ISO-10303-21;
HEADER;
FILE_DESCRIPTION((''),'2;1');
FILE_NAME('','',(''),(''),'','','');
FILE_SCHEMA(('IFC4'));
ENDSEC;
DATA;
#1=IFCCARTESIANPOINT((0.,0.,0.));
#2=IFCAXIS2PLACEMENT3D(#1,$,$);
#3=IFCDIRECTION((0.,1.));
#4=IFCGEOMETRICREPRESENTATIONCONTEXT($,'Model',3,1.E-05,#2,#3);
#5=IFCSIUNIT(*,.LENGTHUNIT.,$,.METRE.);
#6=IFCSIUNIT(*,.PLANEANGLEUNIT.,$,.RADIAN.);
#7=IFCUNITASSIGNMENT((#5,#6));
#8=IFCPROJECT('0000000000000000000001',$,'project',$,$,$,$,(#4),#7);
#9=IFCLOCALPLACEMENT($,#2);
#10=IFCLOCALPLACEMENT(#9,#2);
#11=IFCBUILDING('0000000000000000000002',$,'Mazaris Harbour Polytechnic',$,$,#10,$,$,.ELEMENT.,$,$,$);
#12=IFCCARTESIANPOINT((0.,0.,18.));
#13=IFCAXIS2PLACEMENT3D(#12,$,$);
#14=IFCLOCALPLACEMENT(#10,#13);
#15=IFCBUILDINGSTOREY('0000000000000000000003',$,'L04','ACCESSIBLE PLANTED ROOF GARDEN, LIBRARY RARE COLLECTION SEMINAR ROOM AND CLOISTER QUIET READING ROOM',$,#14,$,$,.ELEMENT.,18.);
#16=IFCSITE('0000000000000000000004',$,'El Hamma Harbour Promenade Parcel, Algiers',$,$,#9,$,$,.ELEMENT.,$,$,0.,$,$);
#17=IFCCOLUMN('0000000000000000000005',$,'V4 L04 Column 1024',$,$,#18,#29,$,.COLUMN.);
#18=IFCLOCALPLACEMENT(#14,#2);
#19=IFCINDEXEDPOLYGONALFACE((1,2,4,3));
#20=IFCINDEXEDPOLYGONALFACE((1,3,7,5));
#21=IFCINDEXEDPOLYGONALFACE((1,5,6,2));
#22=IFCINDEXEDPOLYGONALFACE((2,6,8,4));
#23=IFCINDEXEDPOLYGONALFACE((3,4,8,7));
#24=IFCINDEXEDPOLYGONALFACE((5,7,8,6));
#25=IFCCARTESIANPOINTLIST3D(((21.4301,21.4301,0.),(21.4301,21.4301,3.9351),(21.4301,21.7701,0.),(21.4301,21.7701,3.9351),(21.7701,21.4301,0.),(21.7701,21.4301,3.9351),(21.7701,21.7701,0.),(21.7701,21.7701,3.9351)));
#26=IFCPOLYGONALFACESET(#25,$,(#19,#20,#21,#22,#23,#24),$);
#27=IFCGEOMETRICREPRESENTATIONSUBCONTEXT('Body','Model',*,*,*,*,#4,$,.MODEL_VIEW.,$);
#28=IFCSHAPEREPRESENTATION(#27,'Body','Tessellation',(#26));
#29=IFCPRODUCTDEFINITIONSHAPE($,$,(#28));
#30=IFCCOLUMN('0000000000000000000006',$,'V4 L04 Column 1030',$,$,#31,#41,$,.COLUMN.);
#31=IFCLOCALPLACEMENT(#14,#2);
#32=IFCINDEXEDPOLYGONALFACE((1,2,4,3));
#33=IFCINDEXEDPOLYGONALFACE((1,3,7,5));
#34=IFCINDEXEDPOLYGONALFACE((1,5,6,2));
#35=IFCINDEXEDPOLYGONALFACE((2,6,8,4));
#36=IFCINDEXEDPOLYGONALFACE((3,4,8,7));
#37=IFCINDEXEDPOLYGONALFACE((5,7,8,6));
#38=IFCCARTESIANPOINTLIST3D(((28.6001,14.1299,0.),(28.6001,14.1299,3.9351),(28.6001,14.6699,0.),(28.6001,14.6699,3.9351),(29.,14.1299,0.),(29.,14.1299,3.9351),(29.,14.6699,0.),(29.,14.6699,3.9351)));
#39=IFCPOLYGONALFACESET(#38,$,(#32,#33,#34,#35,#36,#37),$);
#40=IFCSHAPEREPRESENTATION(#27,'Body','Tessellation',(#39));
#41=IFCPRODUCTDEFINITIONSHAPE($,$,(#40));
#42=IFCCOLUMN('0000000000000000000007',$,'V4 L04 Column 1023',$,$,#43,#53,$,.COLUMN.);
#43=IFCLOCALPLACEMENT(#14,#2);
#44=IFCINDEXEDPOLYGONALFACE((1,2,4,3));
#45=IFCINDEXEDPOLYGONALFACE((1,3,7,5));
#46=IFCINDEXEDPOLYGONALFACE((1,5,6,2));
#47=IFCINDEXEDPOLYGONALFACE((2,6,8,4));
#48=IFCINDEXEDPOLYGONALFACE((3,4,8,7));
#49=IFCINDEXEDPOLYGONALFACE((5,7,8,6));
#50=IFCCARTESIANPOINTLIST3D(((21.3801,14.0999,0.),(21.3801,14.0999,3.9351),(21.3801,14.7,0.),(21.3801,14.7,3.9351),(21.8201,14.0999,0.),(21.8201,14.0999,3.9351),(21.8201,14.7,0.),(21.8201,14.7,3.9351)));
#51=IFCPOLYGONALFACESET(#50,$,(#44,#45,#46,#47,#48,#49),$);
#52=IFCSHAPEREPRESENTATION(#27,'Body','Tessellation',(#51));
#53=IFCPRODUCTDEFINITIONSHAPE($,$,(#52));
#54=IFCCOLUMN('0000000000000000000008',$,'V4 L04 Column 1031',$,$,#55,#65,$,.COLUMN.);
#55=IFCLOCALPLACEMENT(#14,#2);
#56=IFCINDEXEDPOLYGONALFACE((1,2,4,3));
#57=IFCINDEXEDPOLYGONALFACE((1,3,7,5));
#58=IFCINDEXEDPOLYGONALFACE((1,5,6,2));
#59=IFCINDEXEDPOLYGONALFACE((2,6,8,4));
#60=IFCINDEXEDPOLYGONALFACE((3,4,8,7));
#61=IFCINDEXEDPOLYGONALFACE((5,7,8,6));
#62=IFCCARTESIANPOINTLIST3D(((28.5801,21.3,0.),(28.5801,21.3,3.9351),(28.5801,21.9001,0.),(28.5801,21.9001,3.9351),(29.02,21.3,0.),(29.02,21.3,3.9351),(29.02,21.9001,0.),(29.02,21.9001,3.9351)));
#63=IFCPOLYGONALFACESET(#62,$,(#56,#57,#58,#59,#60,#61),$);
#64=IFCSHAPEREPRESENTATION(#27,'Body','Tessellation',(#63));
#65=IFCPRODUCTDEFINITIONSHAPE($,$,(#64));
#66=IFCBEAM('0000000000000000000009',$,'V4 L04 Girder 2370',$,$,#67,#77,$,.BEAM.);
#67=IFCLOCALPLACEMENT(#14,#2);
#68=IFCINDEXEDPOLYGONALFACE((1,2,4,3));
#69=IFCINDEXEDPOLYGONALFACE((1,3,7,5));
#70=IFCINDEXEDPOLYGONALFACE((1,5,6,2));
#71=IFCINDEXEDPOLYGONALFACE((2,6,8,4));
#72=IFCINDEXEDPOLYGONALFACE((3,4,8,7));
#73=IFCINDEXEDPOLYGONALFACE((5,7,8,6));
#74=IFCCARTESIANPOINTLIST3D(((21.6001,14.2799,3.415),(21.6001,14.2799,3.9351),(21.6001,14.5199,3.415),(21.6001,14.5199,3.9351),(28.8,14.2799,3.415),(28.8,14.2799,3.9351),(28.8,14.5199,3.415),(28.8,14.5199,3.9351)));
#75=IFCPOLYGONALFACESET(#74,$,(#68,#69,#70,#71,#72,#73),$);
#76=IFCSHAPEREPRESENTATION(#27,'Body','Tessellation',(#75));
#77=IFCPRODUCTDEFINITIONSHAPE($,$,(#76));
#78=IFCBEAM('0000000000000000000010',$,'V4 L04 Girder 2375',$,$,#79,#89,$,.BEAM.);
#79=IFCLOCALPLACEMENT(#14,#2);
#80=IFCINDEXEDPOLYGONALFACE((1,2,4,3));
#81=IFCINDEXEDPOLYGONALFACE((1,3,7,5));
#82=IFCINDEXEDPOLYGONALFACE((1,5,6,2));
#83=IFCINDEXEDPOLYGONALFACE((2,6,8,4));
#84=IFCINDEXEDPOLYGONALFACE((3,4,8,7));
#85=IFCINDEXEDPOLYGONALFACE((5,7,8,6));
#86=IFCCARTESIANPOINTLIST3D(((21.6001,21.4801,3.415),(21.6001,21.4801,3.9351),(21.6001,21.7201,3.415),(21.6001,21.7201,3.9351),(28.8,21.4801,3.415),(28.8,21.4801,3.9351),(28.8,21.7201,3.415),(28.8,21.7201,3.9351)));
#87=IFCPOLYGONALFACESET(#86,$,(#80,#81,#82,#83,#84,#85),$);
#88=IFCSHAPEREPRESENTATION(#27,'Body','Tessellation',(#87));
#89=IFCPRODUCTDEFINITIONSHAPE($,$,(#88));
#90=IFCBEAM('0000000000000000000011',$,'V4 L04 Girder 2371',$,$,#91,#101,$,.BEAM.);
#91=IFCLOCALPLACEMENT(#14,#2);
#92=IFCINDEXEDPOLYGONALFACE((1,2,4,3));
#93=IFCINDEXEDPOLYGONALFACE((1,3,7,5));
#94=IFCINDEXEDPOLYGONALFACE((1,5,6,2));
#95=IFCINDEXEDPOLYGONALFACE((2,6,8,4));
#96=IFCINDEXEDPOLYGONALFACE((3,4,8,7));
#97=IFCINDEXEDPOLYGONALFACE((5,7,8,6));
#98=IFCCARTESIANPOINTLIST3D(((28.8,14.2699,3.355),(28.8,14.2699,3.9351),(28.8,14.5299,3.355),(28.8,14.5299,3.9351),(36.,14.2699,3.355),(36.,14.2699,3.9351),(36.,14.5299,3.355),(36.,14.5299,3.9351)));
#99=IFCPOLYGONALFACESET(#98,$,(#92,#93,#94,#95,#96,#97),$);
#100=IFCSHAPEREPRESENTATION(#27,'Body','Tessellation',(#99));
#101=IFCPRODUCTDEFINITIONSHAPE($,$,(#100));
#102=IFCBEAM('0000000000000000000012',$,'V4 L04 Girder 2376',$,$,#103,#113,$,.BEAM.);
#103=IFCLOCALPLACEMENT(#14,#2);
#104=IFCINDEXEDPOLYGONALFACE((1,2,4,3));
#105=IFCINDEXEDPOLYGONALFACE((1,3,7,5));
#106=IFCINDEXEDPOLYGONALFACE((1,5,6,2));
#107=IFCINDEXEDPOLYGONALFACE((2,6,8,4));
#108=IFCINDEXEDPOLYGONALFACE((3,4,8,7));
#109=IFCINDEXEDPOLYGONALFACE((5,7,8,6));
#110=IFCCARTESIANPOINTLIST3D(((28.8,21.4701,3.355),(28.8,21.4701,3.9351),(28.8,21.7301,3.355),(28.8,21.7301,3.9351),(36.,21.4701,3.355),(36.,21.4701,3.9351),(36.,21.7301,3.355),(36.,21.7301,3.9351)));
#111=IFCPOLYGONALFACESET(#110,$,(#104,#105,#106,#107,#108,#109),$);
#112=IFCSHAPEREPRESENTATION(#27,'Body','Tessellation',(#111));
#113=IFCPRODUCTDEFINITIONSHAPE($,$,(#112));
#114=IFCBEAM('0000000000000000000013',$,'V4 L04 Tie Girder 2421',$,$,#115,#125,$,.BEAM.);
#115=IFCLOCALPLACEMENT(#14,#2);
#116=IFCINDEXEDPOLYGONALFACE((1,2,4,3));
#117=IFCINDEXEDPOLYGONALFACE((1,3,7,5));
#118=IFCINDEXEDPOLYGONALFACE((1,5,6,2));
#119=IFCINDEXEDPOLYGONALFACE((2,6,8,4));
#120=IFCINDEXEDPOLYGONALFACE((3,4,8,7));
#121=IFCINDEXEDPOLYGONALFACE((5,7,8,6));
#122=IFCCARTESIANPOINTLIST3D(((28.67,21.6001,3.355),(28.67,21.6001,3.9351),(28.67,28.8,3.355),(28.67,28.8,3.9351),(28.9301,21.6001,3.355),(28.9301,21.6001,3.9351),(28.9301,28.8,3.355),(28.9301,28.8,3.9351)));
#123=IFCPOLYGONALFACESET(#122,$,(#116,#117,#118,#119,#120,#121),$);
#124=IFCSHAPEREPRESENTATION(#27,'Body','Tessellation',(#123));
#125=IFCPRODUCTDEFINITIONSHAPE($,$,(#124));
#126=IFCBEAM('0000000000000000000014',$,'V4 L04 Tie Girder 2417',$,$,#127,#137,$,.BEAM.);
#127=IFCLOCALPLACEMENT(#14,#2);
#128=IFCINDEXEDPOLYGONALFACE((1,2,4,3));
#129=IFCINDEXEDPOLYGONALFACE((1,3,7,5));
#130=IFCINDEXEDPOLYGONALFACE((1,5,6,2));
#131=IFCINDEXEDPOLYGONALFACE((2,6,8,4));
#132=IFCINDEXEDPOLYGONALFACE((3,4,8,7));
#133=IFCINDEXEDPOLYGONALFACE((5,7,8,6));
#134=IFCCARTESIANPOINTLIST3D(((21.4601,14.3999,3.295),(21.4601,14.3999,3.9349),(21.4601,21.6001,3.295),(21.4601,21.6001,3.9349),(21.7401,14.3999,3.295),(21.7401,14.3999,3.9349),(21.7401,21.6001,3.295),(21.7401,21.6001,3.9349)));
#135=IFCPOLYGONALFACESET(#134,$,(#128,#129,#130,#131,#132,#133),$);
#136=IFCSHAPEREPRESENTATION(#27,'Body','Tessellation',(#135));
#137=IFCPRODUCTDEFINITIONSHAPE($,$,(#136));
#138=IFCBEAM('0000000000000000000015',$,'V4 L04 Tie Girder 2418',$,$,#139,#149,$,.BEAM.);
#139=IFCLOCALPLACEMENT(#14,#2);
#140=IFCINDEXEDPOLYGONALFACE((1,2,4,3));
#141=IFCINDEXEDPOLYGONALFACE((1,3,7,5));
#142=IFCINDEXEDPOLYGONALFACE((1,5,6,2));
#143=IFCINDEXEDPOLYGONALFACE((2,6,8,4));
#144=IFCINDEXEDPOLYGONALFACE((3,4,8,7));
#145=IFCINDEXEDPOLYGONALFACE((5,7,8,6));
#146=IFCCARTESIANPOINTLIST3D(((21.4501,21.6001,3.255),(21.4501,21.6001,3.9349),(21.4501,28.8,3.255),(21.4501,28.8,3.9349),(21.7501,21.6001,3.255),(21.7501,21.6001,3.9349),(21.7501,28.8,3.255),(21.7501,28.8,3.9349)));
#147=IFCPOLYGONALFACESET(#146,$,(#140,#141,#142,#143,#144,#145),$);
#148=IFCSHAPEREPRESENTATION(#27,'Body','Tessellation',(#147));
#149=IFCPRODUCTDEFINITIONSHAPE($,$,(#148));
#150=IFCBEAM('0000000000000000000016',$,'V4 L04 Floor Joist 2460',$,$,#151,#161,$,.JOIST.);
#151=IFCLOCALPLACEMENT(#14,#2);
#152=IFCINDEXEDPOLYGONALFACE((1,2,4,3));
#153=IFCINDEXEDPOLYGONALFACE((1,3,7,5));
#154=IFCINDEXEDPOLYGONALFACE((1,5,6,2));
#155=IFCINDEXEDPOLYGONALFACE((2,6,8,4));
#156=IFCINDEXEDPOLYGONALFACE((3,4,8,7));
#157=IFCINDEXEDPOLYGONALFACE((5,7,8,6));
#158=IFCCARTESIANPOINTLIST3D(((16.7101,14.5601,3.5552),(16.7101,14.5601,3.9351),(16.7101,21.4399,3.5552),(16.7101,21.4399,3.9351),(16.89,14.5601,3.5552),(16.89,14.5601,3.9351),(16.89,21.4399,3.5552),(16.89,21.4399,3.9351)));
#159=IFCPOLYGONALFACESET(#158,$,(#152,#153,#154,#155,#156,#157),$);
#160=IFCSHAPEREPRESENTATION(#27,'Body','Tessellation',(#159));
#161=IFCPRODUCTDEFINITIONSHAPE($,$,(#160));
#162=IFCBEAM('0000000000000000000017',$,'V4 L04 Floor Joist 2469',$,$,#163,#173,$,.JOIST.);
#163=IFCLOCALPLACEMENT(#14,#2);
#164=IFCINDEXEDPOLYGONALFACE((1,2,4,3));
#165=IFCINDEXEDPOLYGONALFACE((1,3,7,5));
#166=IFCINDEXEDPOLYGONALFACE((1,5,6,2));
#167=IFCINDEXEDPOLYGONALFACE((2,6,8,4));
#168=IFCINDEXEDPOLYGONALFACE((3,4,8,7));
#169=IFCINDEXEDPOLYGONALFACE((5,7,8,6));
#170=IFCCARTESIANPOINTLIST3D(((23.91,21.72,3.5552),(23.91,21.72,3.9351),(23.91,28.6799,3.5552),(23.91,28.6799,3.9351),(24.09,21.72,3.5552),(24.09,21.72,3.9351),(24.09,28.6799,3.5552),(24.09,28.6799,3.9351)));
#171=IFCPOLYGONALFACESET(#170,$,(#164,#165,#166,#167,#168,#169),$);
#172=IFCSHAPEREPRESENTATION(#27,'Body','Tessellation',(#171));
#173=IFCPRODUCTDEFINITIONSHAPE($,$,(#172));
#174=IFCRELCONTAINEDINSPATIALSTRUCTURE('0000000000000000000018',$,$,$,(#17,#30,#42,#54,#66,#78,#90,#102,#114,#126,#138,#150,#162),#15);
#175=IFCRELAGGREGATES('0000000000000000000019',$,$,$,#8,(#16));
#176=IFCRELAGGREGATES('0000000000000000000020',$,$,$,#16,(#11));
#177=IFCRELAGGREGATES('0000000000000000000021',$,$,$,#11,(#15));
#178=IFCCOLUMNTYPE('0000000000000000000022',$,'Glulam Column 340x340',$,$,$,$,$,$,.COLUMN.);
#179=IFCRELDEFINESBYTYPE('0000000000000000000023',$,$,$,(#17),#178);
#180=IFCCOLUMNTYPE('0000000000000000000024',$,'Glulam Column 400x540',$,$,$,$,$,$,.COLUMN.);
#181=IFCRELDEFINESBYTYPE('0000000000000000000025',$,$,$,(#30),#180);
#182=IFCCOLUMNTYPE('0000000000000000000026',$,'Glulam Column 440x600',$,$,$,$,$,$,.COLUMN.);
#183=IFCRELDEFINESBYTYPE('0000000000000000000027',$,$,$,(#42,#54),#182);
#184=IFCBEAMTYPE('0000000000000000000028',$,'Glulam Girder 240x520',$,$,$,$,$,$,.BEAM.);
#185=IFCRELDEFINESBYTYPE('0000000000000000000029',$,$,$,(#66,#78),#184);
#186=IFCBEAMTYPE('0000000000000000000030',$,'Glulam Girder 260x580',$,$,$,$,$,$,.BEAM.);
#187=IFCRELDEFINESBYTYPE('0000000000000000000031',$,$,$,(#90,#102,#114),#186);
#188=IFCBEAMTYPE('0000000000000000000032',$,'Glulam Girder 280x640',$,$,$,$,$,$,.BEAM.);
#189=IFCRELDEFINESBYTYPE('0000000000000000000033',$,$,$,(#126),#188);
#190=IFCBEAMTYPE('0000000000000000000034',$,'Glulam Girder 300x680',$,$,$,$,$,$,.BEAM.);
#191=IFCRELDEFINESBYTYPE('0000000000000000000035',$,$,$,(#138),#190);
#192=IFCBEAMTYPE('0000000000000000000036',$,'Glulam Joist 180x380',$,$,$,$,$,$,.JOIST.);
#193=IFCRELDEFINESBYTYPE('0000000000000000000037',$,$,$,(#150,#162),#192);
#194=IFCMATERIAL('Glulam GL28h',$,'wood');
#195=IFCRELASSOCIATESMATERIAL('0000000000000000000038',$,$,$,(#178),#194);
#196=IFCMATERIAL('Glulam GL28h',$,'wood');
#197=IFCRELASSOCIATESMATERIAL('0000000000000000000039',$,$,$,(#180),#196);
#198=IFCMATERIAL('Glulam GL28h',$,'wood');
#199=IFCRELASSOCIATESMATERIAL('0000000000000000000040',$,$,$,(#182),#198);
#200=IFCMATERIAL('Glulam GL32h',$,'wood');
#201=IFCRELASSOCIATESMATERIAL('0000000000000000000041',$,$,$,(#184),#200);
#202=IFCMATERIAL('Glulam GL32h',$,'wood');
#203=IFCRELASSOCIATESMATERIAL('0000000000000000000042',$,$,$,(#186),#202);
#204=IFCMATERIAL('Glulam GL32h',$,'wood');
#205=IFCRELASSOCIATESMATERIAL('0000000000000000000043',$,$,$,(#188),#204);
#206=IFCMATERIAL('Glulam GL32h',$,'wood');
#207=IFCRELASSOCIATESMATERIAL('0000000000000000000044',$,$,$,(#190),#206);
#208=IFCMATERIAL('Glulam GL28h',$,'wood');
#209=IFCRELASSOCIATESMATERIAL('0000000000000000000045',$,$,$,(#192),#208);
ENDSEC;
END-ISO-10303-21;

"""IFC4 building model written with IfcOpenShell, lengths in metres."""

from ifc_helpers import new_model, si_unit, direction, frame, origin, origin_2d, place, context, subcontext, project, spatial, rectangle, extrude, material, material_profile, profile_set, type_object, element, save


model = new_model("IFC4")

# Units and contexts
model_context = context("Model", 3, precision=1e-05, world=origin(), true_north=direction((0.0, 1.0)))
body_context = subcontext(model_context, "Body", "Model", "MODEL_VIEW")
ifc_project = project(units=[si_unit("LENGTHUNIT", "METRE"), si_unit("PLANEANGLEUNIT", "RADIAN")], contexts=[model_context])

# Site, building, storey
site_placement = place(None, origin())
site = spatial("IfcSite", under=ifc_project, at=site_placement, Name="El Hamma Harbour Promenade Parcel, Algiers", CompositionType="ELEMENT", RefElevation=0.0)
building_placement = place(site_placement, origin())
building = spatial("IfcBuilding", under=site, at=building_placement, Name="Mazaris Harbour Polytechnic", CompositionType="ELEMENT")
storey_placement = place(building_placement, frame((0.0, 0.0, 18.0)))
storey = spatial("IfcBuildingStorey", under=building, at=storey_placement, Name="L04", Description="ACCESSIBLE PLANTED ROOF GARDEN, LIBRARY RARE COLLECTION SEMINAR ROOM AND CLOISTER QUIET READING ROOM", CompositionType="ELEMENT", Elevation=18.0)

# Columns
ifc_material_1 = material(Name="Glulam GL28h", Category="wood")
ifc_material_profile_1 = material_profile(ifc_material_1, rectangle(XDim=0.3401, YDim=0.3401, at=origin_2d()), Name="RECT340x340")
ifc_profile_set_1 = profile_set([ifc_material_profile_1], Name="Glulam GL28h")
column_type_1 = type_object("IfcColumnType", Name="Glulam Column 340x340", PredefinedType="COLUMN", material=ifc_profile_set_1)
column_1_placement = place(storey_placement, frame((21.6001, 21.6001, 0.0), z_axis=(0.0, 0.0, 1.0), x_axis=(1.0, 0.0, 0.0)))
element("IfcColumn", 1, at=column_1_placement, inside=storey, type_object=column_type_1, Name="V4 L04 Column 1024", PredefinedType="COLUMN", context=body_context, shape_type="SweptSolid", body=[
    extrude(rectangle(XDim=0.3401, YDim=0.3401, at=origin_2d()), origin(), (0.0, 0.0, 1.0), 3.9351),
])
ifc_material_2 = material(Name="Glulam GL28h", Category="wood")
ifc_material_profile_2 = material_profile(ifc_material_2, rectangle(XDim=0.3999, YDim=0.54, at=origin_2d()), Name="RECT400x540")
ifc_profile_set_2 = profile_set([ifc_material_profile_2], Name="Glulam GL28h")
column_type_2 = type_object("IfcColumnType", Name="Glulam Column 400x540", PredefinedType="COLUMN", material=ifc_profile_set_2)
column_2_placement = place(storey_placement, frame((28.8, 14.3999, 0.0), z_axis=(0.0, 0.0, 1.0), x_axis=(1.0, 0.0, 0.0)))
element("IfcColumn", 2, at=column_2_placement, inside=storey, type_object=column_type_2, Name="V4 L04 Column 1030", PredefinedType="COLUMN", context=body_context, shape_type="SweptSolid", body=[
    extrude(rectangle(XDim=0.3999, YDim=0.54, at=origin_2d()), origin(), (0.0, 0.0, 1.0), 3.9351),
])
ifc_material_3 = material(Name="Glulam GL28h", Category="wood")
ifc_material_profile_3 = material_profile(ifc_material_3, rectangle(XDim=0.4399, YDim=0.6001, at=origin_2d()), Name="RECT440x600")
ifc_profile_set_3 = profile_set([ifc_material_profile_3], Name="Glulam GL28h")
column_type_3 = type_object("IfcColumnType", Name="Glulam Column 440x600", PredefinedType="COLUMN", material=ifc_profile_set_3)
for number, where, z_axis, x_axis, name in (
    (3, (21.6001, 14.3999, 0.0), (0.0, 0.0, 1.0), (1.0, 0.0, 0.0), "V4 L04 Column 1023"),
    (4, (28.8, 21.6001, 0.0), (0.0, 0.0, 1.0), (1.0, 0.0, 0.0), "V4 L04 Column 1031"),
):
    element("IfcColumn", number, at=place(storey_placement, frame(where, z_axis=z_axis, x_axis=x_axis)), inside=storey, type_object=column_type_3, Name=name, PredefinedType="COLUMN", context=body_context, shape_type="SweptSolid", body=[
        extrude(rectangle(XDim=0.4399, YDim=0.6001, at=origin_2d()), origin(), (0.0, 0.0, 1.0), 3.9351),
    ])

# Beams
ifc_material_4 = material(Name="Glulam GL32h", Category="wood")
ifc_material_profile_4 = material_profile(ifc_material_4, rectangle(XDim=0.24, YDim=0.52, at=origin_2d()), Name="RECT240x520")
ifc_profile_set_4 = profile_set([ifc_material_profile_4], Name="Glulam GL32h")
beam_type_1 = type_object("IfcBeamType", Name="Glulam Girder 240x520", PredefinedType="BEAM", material=ifc_profile_set_4)
for number, where, z_axis, x_axis, name in (
    (5, (21.6001, 14.3999, 3.675), (1.0, 0.0, 0.0), (0.0, 1.0, 0.0), "V4 L04 Girder 2370"),
    (6, (21.6001, 21.6001, 3.675), (1.0, 0.0, 0.0), (0.0, 1.0, 0.0), "V4 L04 Girder 2375"),
):
    element("IfcBeam", number, at=place(storey_placement, frame(where, z_axis=z_axis, x_axis=x_axis)), inside=storey, type_object=beam_type_1, Name=name, PredefinedType="BEAM", context=body_context, shape_type="SweptSolid", body=[
        extrude(rectangle(XDim=0.24, YDim=0.52, at=origin_2d()), origin(), (0.0, 0.0, 1.0), 7.2),
    ])
ifc_material_5 = material(Name="Glulam GL32h", Category="wood")
ifc_material_profile_5 = material_profile(ifc_material_5, rectangle(XDim=0.26, YDim=0.5801, at=origin_2d()), Name="RECT260x580")
ifc_profile_set_5 = profile_set([ifc_material_profile_5], Name="Glulam GL32h")
beam_type_2 = type_object("IfcBeamType", Name="Glulam Girder 260x580", PredefinedType="BEAM", material=ifc_profile_set_5)
for number, where, z_axis, x_axis, name in (
    (7, (28.8, 14.3999, 3.645), (1.0, 0.0, 0.0), (0.0, 1.0, 0.0), "V4 L04 Girder 2371"),
    (8, (28.8, 21.6001, 3.645), (1.0, 0.0, 0.0), (0.0, 1.0, 0.0), "V4 L04 Girder 2376"),
    (9, (28.8, 21.6001, 3.645), (0.0, 1.0, 0.0), (-1.0, 0.0, 0.0), "V4 L04 Tie Girder 2421"),
):
    element("IfcBeam", number, at=place(storey_placement, frame(where, z_axis=z_axis, x_axis=x_axis)), inside=storey, type_object=beam_type_2, Name=name, PredefinedType="BEAM", context=body_context, shape_type="SweptSolid", body=[
        extrude(rectangle(XDim=0.26, YDim=0.5801, at=origin_2d()), origin(), (0.0, 0.0, 1.0), 7.2),
    ])
ifc_material_6 = material(Name="Glulam GL32h", Category="wood")
ifc_material_profile_6 = material_profile(ifc_material_6, rectangle(XDim=0.28, YDim=0.6399, at=origin_2d()), Name="RECT280x640")
ifc_profile_set_6 = profile_set([ifc_material_profile_6], Name="Glulam GL32h")
beam_type_3 = type_object("IfcBeamType", Name="Glulam Girder 280x640", PredefinedType="BEAM", material=ifc_profile_set_6)
beam_1_placement = place(storey_placement, frame((21.6001, 14.3999, 3.615), z_axis=(0.0, 1.0, 0.0), x_axis=(-1.0, 0.0, 0.0)))
element("IfcBeam", 10, at=beam_1_placement, inside=storey, type_object=beam_type_3, Name="V4 L04 Tie Girder 2417", PredefinedType="BEAM", context=body_context, shape_type="SweptSolid", body=[
    extrude(rectangle(XDim=0.28, YDim=0.6399, at=origin_2d()), origin(), (0.0, 0.0, 1.0), 7.2002),
])
ifc_material_7 = material(Name="Glulam GL32h", Category="wood")
ifc_material_profile_7 = material_profile(ifc_material_7, rectangle(XDim=0.3, YDim=0.6799, at=origin_2d()), Name="RECT300x680")
ifc_profile_set_7 = profile_set([ifc_material_profile_7], Name="Glulam GL32h")
beam_type_4 = type_object("IfcBeamType", Name="Glulam Girder 300x680", PredefinedType="BEAM", material=ifc_profile_set_7)
beam_2_placement = place(storey_placement, frame((21.6001, 21.6001, 3.595), z_axis=(0.0, 1.0, 0.0), x_axis=(-1.0, 0.0, 0.0)))
element("IfcBeam", 11, at=beam_2_placement, inside=storey, type_object=beam_type_4, Name="V4 L04 Tie Girder 2418", PredefinedType="BEAM", context=body_context, shape_type="SweptSolid", body=[
    extrude(rectangle(XDim=0.3, YDim=0.6799, at=origin_2d()), origin(), (0.0, 0.0, 1.0), 7.2),
])
ifc_material_8 = material(Name="Glulam GL28h", Category="wood")
ifc_material_profile_8 = material_profile(ifc_material_8, rectangle(XDim=0.1799, YDim=0.3799, at=origin_2d()), Name="RECT180x380")
ifc_profile_set_8 = profile_set([ifc_material_profile_8], Name="Glulam GL28h")
beam_type_5 = type_object("IfcBeamType", Name="Glulam Joist 180x380", PredefinedType="JOIST", material=ifc_profile_set_8)
beam_3_placement = place(storey_placement, frame((16.8, 14.5601, 3.7451), z_axis=(0.0, 1.0, 0.0), x_axis=(-1.0, 0.0, 0.0)))
element("IfcBeam", 12, at=beam_3_placement, inside=storey, type_object=beam_type_5, Name="V4 L04 Floor Joist 2460", PredefinedType="JOIST", context=body_context, shape_type="SweptSolid", body=[
    extrude(rectangle(XDim=0.1799, YDim=0.3799, at=origin_2d()), origin(), (0.0, 0.0, 1.0), 6.8799),
])
beam_4_placement = place(storey_placement, frame((24.0, 21.72, 3.7451), z_axis=(0.0, 1.0, 0.0), x_axis=(-1.0, 0.0, 0.0)))
element("IfcBeam", 13, at=beam_4_placement, inside=storey, type_object=beam_type_5, Name="V4 L04 Floor Joist 2469", PredefinedType="JOIST", context=body_context, shape_type="SweptSolid", body=[
    extrude(rectangle(XDim=0.1799, YDim=0.3799, at=origin_2d()), origin(), (0.0, 0.0, 1.0), 6.96),
])

save(model, "model.ifc")
